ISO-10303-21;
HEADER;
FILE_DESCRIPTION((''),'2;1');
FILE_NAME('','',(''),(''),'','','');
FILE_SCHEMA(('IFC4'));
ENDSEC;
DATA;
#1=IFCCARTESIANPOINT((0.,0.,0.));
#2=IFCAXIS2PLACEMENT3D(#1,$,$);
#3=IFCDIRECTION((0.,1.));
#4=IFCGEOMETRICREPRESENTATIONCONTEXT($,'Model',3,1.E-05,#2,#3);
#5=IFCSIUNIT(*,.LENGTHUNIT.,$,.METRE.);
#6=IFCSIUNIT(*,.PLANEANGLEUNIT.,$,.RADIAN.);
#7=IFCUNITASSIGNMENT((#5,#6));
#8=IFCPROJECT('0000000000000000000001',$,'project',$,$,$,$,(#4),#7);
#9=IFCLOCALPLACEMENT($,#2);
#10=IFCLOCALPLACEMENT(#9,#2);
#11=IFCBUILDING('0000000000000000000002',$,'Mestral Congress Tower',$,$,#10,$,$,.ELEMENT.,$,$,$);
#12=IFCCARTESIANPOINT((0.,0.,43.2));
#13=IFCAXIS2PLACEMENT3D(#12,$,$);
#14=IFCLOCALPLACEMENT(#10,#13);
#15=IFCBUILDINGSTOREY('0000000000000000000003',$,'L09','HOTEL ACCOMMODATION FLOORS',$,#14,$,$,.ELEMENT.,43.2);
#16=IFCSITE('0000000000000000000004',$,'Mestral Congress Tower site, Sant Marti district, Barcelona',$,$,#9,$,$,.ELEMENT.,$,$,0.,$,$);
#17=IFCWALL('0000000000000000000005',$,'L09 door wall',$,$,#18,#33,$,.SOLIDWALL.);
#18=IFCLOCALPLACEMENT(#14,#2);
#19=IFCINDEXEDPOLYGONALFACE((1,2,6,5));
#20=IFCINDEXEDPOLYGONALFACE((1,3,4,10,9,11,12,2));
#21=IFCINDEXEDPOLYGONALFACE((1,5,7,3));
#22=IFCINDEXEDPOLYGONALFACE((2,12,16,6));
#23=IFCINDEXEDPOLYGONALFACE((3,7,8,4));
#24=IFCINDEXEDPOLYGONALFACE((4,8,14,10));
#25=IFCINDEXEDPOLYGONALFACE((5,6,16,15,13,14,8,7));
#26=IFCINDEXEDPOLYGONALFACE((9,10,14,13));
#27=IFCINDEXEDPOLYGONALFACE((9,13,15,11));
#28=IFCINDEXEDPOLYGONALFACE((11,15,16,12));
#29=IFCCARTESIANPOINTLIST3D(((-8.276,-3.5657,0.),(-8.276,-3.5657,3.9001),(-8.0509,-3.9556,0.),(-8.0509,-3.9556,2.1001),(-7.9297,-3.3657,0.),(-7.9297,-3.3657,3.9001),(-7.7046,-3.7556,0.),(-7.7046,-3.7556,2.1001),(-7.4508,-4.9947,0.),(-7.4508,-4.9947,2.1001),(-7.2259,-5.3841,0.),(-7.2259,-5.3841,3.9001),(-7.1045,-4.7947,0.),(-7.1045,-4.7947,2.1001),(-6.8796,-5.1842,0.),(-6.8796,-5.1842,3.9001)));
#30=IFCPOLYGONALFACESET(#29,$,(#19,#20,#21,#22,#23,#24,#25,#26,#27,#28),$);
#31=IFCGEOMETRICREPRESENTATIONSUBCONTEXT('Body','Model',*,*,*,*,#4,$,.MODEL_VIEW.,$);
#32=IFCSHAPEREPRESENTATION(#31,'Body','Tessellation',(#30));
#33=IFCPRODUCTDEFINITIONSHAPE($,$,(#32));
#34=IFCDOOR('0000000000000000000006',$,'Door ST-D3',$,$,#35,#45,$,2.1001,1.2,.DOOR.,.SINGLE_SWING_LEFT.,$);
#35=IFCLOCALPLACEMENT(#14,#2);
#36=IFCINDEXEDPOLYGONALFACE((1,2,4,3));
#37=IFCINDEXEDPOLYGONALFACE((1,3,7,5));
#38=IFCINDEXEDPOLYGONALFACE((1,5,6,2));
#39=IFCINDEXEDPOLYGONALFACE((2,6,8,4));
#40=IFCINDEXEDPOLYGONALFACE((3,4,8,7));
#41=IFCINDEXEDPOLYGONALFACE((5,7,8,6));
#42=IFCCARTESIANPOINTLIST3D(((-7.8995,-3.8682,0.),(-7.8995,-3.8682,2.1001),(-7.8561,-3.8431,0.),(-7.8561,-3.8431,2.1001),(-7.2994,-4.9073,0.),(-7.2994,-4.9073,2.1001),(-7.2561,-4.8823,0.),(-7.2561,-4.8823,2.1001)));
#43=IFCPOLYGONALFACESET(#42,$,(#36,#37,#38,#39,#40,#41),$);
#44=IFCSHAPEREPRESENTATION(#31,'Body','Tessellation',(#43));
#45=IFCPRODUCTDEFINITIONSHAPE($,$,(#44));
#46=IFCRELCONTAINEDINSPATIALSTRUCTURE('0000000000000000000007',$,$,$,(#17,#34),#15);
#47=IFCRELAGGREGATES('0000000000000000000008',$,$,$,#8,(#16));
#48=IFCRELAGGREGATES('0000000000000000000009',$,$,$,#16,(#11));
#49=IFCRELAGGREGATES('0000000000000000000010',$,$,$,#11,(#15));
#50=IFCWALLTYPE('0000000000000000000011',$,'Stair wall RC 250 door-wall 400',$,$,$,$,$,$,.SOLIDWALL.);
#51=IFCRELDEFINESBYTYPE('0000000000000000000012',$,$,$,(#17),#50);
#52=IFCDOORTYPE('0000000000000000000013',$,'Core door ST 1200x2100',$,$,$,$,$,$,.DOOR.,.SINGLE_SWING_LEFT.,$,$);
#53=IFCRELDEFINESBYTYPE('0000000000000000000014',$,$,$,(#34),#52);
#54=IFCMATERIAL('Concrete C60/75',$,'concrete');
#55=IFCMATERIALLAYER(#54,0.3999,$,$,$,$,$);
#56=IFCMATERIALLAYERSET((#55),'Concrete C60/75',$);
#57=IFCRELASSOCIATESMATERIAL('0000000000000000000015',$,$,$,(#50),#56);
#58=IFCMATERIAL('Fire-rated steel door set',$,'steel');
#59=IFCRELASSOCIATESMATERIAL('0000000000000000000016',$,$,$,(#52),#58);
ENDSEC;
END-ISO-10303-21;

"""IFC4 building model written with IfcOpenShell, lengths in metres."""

from ifc_helpers import new_model, si_unit, direction, frame, frame_2d, origin, place, context, subcontext, project, spatial, rectangle, extrude, material, layer, layer_set, type_object, element, fill, save


model = new_model("IFC4")

# Units and contexts
model_context = context("Model", 3, precision=1e-05, world=origin(), true_north=direction((0.0, 1.0)))
body_context = subcontext(model_context, "Body", "Model", "MODEL_VIEW")
ifc_project = project(units=[si_unit("LENGTHUNIT", "METRE"), si_unit("PLANEANGLEUNIT", "RADIAN")], contexts=[model_context])

# Site, building, storey
site_placement = place(None, origin())
site = spatial("IfcSite", under=ifc_project, at=site_placement, Name="Mestral Congress Tower site, Sant Marti district, Barcelona", CompositionType="ELEMENT", RefElevation=0.0)
building_placement = place(site_placement, origin())
building = spatial("IfcBuilding", under=site, at=building_placement, Name="Mestral Congress Tower", CompositionType="ELEMENT")
storey_placement = place(building_placement, frame((0.0, 0.0, 43.2)))
storey = spatial("IfcBuildingStorey", under=building, at=storey_placement, Name="L09", Description="HOTEL ACCOMMODATION FLOORS", CompositionType="ELEMENT", Elevation=43.2)

# Shared definitions
ifc_material_1 = material(Name="Fire-rated steel door set", Category="steel")

# Shared definitions
ifc_material_2 = material(Name="Concrete C60/75", Category="concrete")

# Wall, opening, door
ifc_layer_1 = layer(ifc_material_2, 0.3999)
ifc_layer_set_1 = layer_set([ifc_layer_1], Name="Concrete C60/75")
wall_type_1 = type_object("IfcWallType", Name="Stair wall RC 250 door-wall 400", PredefinedType="SOLIDWALL", material=ifc_layer_set_1)
wall_1_placement = place(storey_placement, frame((-8.1028, -3.4658, 0.0), z_axis=(0.0, 0.0, 1.0), x_axis=(0.500078, -0.86598, 0.0)))
wall_1 = element("IfcWall", 1, at=wall_1_placement, inside=storey, type_object=wall_type_1, Name="L09 door wall", PredefinedType="SOLIDWALL", context=body_context, shape_type="SweptSolid", body=[
    extrude(rectangle(XDim=2.0999, YDim=0.3999, at=frame_2d((1.0498, 0.0))), origin(), (0.0, 0.0, 1.0), 3.9001),
])
opening_1_placement = place(wall_1_placement, frame((0.45, 0.0, 0.0)))
opening_1 = element("IfcOpeningElement", 2, at=opening_1_placement, cuts=wall_1, PredefinedType="OPENING", context=body_context, shape_type="SweptSolid", body=[
    extrude(rectangle(XDim=1.2, YDim=2.1001, at=frame_2d((0.6001, 1.05))), frame((0.0, 0.21, 0.0), z_axis=(0.0, -1.0, 0.0), x_axis=(1.0, 0.0, 0.0)), (0.0, 0.0, 1.0), 0.4199),
])
door_type_1 = type_object("IfcDoorType", Name="Core door ST 1200x2100", OperationType="SINGLE_SWING_LEFT", PredefinedType="DOOR", material=ifc_material_1)
door_1_placement = place(opening_1_placement, origin())
door_1 = element("IfcDoor", 3, at=door_1_placement, inside=storey, type_object=door_type_1, Name="Door ST-D3", OperationType="SINGLE_SWING_LEFT", OverallHeight=2.1001, OverallWidth=1.2, PredefinedType="DOOR", context=body_context, shape_type="SweptSolid", body=[
    extrude(rectangle(XDim=1.2, YDim=2.1001, at=frame_2d((0.6001, 1.05))), frame((0.0, 0.0249, 0.0), z_axis=(0.0, -1.0, 0.0), x_axis=(1.0, 0.0, 0.0)), (0.0, 0.0, 1.0), 0.05),
])
fill(opening_1, door_1)

save(model, "model.ifc")
